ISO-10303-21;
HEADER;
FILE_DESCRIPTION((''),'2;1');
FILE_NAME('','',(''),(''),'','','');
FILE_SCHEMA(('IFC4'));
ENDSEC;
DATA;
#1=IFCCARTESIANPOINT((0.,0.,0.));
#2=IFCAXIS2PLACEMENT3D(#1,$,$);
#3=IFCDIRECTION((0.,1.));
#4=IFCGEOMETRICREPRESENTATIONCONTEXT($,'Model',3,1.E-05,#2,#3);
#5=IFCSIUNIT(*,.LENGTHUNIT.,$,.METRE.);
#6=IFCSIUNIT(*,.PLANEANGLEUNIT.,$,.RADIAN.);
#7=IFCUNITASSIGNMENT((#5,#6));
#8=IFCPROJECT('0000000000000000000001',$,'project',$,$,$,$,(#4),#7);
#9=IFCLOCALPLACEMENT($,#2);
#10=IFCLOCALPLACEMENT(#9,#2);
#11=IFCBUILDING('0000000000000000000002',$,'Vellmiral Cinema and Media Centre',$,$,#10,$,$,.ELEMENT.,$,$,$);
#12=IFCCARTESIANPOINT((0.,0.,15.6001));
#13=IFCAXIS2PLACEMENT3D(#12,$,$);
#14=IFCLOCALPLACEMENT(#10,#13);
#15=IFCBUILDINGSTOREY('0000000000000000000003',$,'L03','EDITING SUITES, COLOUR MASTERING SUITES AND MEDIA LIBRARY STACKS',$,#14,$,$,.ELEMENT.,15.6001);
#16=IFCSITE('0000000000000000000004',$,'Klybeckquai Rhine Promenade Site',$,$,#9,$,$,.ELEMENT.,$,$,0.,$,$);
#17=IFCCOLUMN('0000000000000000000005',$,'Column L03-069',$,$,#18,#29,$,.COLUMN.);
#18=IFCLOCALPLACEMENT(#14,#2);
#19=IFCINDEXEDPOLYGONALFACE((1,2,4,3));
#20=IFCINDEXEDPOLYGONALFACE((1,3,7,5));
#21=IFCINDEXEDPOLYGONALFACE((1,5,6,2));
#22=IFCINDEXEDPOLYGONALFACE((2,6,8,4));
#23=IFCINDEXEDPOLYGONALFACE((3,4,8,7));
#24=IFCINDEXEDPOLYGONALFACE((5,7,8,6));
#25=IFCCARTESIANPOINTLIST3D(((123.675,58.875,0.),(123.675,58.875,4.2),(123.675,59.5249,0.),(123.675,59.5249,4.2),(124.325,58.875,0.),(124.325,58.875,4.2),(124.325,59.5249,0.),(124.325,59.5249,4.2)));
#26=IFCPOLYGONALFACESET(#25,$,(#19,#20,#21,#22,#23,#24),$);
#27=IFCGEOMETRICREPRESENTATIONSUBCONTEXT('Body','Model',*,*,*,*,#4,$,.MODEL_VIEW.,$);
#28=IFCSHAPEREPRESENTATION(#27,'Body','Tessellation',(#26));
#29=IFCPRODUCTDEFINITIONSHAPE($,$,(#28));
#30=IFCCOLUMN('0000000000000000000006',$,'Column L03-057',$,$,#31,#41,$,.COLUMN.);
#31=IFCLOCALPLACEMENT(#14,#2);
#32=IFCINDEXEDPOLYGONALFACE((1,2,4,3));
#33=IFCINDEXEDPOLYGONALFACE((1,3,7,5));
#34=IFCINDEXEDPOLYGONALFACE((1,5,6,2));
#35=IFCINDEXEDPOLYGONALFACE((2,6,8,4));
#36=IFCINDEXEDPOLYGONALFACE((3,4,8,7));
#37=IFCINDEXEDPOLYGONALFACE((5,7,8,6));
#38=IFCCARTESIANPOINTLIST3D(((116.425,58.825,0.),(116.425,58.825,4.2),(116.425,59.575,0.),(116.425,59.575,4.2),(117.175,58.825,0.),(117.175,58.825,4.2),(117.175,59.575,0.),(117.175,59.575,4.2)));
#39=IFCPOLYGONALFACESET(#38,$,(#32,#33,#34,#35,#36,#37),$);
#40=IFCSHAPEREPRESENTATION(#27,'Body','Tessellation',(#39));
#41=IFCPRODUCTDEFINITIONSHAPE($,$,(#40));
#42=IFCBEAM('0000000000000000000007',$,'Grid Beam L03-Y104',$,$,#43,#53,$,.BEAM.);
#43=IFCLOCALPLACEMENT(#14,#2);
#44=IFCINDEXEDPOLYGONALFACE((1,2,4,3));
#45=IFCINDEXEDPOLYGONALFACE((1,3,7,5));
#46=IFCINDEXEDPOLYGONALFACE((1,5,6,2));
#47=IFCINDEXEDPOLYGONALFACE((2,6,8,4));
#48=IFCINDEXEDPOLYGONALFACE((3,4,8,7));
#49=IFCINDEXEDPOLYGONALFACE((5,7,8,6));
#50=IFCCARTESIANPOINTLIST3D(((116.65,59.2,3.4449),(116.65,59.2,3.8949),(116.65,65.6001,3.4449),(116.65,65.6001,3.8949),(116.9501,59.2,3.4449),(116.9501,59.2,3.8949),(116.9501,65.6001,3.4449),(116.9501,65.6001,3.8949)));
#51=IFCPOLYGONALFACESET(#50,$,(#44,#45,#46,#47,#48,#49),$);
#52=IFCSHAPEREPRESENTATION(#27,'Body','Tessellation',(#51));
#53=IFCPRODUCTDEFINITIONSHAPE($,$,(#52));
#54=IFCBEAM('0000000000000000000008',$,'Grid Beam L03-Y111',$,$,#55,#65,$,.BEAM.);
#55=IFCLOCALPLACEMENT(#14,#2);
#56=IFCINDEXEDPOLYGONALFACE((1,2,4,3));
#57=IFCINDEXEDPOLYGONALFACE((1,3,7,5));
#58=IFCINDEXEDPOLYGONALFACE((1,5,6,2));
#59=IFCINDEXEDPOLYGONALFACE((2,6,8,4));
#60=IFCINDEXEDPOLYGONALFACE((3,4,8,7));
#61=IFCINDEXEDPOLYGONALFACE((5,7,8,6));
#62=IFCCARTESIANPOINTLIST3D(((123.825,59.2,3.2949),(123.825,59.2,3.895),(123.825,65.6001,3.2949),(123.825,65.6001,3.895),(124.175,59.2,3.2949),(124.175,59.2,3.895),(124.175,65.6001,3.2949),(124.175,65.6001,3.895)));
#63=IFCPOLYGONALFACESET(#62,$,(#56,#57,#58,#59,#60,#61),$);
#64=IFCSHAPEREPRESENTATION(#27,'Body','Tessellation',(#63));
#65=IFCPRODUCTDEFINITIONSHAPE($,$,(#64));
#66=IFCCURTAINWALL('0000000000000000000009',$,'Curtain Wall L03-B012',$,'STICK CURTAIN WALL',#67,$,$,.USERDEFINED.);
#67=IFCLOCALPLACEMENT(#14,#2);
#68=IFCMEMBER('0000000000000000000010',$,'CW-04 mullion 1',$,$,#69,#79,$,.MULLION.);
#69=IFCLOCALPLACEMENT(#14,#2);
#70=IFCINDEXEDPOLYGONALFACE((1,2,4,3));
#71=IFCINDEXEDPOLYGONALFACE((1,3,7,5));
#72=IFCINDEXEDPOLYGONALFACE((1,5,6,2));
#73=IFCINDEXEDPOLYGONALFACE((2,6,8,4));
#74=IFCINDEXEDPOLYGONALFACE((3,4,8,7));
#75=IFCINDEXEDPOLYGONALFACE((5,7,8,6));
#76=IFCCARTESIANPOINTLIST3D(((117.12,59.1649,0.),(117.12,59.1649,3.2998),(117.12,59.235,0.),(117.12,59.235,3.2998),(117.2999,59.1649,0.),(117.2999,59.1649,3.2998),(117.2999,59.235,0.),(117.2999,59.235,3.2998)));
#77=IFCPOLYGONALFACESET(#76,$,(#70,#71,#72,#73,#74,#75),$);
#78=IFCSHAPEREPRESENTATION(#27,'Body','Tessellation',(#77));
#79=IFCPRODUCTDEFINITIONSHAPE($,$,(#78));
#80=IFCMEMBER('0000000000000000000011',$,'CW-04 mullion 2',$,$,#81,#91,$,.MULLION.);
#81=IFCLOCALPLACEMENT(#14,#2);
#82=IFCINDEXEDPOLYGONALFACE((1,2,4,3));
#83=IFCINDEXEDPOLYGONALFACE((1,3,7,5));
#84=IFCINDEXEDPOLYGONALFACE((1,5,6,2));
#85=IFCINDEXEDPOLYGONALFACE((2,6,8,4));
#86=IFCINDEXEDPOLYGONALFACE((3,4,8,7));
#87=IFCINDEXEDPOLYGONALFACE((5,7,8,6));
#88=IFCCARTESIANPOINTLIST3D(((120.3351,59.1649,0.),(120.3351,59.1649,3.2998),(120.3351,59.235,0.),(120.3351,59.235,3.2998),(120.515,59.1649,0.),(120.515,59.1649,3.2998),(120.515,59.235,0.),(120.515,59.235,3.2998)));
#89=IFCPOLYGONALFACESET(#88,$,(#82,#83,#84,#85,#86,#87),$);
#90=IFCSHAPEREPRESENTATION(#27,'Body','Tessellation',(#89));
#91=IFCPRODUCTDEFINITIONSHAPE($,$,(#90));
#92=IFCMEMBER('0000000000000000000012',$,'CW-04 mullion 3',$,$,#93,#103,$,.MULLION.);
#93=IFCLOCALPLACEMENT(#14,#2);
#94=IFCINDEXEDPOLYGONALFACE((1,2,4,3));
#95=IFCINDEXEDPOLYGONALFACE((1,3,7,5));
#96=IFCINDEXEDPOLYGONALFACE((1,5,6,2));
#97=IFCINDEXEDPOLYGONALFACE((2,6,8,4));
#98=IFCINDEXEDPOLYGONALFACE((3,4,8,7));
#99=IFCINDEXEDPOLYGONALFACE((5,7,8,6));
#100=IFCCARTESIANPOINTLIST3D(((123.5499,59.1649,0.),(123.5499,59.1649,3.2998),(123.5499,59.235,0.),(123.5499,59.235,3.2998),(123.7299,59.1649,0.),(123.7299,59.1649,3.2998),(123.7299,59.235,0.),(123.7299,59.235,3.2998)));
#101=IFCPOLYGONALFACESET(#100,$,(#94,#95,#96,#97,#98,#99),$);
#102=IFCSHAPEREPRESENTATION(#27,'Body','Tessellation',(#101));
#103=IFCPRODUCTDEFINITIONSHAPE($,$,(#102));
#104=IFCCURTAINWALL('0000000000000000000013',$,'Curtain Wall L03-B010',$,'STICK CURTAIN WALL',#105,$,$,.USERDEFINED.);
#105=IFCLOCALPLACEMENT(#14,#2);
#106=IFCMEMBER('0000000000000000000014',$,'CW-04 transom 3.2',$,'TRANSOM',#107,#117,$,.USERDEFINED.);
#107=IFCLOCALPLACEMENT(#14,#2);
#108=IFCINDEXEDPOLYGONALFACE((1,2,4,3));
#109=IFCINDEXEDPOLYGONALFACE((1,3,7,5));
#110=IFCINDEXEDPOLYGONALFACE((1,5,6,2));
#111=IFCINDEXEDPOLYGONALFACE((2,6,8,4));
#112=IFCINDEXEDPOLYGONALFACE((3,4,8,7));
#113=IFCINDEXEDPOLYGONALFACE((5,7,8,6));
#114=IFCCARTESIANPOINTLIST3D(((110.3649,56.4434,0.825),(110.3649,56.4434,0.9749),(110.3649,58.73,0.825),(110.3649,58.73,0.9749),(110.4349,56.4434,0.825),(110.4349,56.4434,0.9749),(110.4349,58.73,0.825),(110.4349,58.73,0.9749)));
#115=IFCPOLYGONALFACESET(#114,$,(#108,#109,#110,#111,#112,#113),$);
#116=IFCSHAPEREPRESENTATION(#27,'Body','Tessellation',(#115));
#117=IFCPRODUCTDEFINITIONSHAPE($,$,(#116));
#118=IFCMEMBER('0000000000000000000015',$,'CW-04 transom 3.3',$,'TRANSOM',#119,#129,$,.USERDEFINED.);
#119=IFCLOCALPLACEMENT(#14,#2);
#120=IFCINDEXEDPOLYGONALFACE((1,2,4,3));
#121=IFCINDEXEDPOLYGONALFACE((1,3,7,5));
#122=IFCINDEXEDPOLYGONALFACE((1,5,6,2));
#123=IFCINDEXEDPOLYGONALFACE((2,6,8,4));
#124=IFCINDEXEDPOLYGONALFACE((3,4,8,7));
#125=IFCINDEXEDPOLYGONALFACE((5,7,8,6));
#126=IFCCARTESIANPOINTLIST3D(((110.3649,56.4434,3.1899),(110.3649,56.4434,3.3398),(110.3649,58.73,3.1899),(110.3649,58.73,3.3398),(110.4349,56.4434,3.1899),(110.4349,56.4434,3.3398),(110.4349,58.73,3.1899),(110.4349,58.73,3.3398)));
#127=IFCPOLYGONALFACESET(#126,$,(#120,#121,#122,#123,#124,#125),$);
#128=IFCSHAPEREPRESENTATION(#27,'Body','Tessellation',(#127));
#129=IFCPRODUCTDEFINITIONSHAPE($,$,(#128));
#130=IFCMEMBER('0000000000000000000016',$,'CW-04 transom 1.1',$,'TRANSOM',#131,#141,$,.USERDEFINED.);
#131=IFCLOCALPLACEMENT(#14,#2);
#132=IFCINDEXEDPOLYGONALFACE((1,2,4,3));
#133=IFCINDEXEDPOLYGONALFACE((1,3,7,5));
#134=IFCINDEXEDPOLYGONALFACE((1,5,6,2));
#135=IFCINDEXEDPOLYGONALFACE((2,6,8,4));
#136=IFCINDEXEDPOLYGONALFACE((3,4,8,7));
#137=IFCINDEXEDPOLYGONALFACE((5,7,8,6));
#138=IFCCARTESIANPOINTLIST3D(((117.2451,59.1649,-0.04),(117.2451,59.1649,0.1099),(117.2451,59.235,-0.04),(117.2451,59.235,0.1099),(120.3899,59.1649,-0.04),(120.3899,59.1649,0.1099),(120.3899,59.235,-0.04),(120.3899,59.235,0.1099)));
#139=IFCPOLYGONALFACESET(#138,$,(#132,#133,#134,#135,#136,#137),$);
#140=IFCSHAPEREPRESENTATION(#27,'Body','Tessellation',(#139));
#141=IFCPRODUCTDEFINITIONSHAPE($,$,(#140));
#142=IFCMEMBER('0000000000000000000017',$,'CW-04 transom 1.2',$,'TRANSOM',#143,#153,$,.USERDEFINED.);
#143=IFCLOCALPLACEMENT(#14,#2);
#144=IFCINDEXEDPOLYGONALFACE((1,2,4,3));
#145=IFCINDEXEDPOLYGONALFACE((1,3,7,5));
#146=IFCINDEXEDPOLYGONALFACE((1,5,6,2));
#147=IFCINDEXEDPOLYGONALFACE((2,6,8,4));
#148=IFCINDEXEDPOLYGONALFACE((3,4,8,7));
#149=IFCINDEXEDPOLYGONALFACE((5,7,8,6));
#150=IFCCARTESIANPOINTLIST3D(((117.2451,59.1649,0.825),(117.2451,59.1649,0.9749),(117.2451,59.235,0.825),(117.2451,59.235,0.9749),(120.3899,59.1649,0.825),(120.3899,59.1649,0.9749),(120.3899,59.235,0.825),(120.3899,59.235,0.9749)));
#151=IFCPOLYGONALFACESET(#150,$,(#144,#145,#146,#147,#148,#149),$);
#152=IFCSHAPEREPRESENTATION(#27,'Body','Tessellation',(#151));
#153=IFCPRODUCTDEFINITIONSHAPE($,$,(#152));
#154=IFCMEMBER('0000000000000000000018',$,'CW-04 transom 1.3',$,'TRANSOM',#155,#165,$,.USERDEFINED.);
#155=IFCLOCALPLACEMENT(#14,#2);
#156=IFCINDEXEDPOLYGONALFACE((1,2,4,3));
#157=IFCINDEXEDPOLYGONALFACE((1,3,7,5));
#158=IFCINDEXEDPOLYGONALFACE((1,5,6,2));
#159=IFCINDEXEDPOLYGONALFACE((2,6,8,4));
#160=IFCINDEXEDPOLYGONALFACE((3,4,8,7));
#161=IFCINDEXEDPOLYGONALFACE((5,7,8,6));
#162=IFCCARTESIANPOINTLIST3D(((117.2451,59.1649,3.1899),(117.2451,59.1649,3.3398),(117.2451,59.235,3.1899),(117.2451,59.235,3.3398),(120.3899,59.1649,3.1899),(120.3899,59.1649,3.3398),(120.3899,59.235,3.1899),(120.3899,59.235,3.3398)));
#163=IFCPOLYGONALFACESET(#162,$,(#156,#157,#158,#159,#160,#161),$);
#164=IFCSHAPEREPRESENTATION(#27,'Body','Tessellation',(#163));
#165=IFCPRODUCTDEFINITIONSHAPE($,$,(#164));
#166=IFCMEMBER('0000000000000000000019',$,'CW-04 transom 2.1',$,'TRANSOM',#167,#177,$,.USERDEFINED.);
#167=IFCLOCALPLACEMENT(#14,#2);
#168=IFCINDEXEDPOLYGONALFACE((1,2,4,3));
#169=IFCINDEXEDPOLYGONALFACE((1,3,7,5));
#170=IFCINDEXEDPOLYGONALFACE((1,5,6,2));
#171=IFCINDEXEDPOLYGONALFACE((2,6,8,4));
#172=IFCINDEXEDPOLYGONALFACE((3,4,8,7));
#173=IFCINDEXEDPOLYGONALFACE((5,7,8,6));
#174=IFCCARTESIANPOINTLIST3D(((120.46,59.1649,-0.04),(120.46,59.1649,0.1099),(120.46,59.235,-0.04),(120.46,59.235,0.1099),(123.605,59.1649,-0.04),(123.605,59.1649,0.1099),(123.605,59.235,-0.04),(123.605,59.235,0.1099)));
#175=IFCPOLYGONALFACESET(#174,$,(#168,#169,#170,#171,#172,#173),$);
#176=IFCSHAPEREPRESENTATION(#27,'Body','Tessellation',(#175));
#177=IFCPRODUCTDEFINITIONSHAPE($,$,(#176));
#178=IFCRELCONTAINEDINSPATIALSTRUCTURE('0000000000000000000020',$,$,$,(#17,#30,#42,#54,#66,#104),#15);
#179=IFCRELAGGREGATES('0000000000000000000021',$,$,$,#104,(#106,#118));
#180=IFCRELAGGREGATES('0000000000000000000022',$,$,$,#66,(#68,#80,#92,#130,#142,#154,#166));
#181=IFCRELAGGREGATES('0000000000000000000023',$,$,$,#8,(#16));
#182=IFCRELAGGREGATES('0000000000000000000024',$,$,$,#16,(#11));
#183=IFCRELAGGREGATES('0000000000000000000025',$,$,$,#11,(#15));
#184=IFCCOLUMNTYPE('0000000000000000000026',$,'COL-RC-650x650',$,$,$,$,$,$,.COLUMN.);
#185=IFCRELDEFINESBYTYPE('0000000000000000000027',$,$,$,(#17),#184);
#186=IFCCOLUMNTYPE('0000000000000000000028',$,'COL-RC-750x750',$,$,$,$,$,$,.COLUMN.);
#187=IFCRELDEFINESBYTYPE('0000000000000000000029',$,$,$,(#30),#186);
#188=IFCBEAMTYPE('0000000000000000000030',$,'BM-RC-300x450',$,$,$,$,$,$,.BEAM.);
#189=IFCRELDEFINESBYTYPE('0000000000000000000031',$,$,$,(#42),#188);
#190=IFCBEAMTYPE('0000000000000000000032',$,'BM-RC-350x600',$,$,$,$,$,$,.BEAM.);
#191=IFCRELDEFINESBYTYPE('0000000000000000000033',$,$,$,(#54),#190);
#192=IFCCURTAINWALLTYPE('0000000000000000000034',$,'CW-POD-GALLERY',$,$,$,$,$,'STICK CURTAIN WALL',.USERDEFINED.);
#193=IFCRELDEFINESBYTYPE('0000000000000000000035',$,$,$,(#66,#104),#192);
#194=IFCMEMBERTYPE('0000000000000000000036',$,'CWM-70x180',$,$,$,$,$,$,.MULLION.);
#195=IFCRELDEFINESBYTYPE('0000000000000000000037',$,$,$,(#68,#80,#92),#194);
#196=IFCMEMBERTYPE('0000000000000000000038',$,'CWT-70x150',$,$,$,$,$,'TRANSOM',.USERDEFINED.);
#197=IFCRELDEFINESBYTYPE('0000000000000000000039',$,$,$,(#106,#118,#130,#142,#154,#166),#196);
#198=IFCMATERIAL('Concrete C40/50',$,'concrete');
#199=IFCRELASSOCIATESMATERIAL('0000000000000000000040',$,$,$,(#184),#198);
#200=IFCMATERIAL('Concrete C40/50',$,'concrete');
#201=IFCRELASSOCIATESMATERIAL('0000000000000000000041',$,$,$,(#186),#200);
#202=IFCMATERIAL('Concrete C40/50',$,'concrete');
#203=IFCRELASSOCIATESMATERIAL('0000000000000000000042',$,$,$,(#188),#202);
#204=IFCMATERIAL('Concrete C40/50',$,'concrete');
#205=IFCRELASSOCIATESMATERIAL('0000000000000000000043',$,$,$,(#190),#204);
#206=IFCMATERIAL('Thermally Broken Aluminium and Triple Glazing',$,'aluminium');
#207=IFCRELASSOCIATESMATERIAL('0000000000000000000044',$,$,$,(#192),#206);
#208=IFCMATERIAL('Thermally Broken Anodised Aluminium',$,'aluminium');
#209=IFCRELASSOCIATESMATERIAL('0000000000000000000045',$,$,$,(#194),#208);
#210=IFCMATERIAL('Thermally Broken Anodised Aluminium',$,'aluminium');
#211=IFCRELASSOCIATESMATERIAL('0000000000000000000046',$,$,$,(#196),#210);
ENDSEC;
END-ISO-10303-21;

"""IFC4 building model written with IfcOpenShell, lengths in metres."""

from ifc_helpers import new_model, si_unit, direction, frame, origin, origin_2d, place, context, subcontext, project, spatial, rectangle, extrude, material, material_profile, profile_set, type_object, element, aggregate, save


model = new_model("IFC4")

# Units and contexts
model_context = context("Model", 3, precision=1e-05, world=origin(), true_north=direction((0.0, 1.0)))
body_context = subcontext(model_context, "Body", "Model", "MODEL_VIEW")
ifc_project = project(units=[si_unit("LENGTHUNIT", "METRE"), si_unit("PLANEANGLEUNIT", "RADIAN")], contexts=[model_context])

# Site, building, storey
site_placement = place(None, origin())
site = spatial("IfcSite", under=ifc_project, at=site_placement, Name="Klybeckquai Rhine Promenade Site", CompositionType="ELEMENT", RefElevation=0.0)
building_placement = place(site_placement, origin())
building = spatial("IfcBuilding", under=site, at=building_placement, Name="Vellmiral Cinema and Media Centre", CompositionType="ELEMENT")
storey_placement = place(building_placement, frame((0.0, 0.0, 15.6001)))
storey = spatial("IfcBuildingStorey", under=building, at=storey_placement, Name="L03", Description="EDITING SUITES, COLOUR MASTERING SUITES AND MEDIA LIBRARY STACKS", CompositionType="ELEMENT", Elevation=15.6001)

# Columns
ifc_material_1 = material(Name="Concrete C40/50", Category="concrete")
ifc_material_profile_1 = material_profile(ifc_material_1, rectangle(XDim=0.6499, YDim=0.6499, at=origin_2d()), Name="RC 650x650")
ifc_profile_set_1 = profile_set([ifc_material_profile_1], Name="Concrete C40/50")
column_type_1 = type_object("IfcColumnType", Name="COL-RC-650x650", PredefinedType="COLUMN", material=ifc_profile_set_1)
column_1_placement = place(storey_placement, frame((124.0, 59.2, 0.0), z_axis=(0.0, 0.0, 1.0), x_axis=(1.0, 0.0, 0.0)))
element("IfcColumn", 1, at=column_1_placement, inside=storey, type_object=column_type_1, Name="Column L03-069", PredefinedType="COLUMN", context=body_context, shape_type="SweptSolid", body=[
    extrude(rectangle(XDim=0.6499, YDim=0.6499, at=origin_2d()), origin(), (0.0, 0.0, 1.0), 4.2),
])
ifc_material_2 = material(Name="Concrete C40/50", Category="concrete")
ifc_material_profile_2 = material_profile(ifc_material_2, rectangle(XDim=0.75, YDim=0.75, at=origin_2d()), Name="RC 750x750")
ifc_profile_set_2 = profile_set([ifc_material_profile_2], Name="Concrete C40/50")
column_type_2 = type_object("IfcColumnType", Name="COL-RC-750x750", PredefinedType="COLUMN", material=ifc_profile_set_2)
column_2_placement = place(storey_placement, frame((116.8, 59.2, 0.0), z_axis=(0.0, 0.0, 1.0), x_axis=(1.0, 0.0, 0.0)))
element("IfcColumn", 2, at=column_2_placement, inside=storey, type_object=column_type_2, Name="Column L03-057", PredefinedType="COLUMN", context=body_context, shape_type="SweptSolid", body=[
    extrude(rectangle(XDim=0.75, YDim=0.75, at=origin_2d()), origin(), (0.0, 0.0, 1.0), 4.2),
])

# Beams
ifc_material_3 = material(Name="Concrete C40/50", Category="concrete")
ifc_material_profile_3 = material_profile(ifc_material_3, rectangle(XDim=0.3, YDim=0.45, at=origin_2d()), Name="RC 300x450")
ifc_profile_set_3 = profile_set([ifc_material_profile_3], Name="Concrete C40/50")
beam_type_1 = type_object("IfcBeamType", Name="BM-RC-300x450", PredefinedType="BEAM", material=ifc_profile_set_3)
beam_1_placement = place(storey_placement, frame((116.8, 59.2, 3.6699), z_axis=(0.0, 1.0, 0.0), x_axis=(-1.0, 0.0, 0.0)))
element("IfcBeam", 3, at=beam_1_placement, inside=storey, type_object=beam_type_1, Name="Grid Beam L03-Y104", PredefinedType="BEAM", context=body_context, shape_type="SweptSolid", body=[
    extrude(rectangle(XDim=0.3, YDim=0.45, at=origin_2d()), origin(), (0.0, 0.0, 1.0), 6.4001),
])
ifc_material_4 = material(Name="Concrete C40/50", Category="concrete")
ifc_material_profile_4 = material_profile(ifc_material_4, rectangle(XDim=0.3501, YDim=0.6001, at=origin_2d()), Name="RC 350x600")
ifc_profile_set_4 = profile_set([ifc_material_profile_4], Name="Concrete C40/50")
beam_type_2 = type_object("IfcBeamType", Name="BM-RC-350x600", PredefinedType="BEAM", material=ifc_profile_set_4)
beam_2_placement = place(storey_placement, frame((124.0, 59.2, 3.595), z_axis=(0.0, 1.0, 0.0), x_axis=(-1.0, 0.0, 0.0)))
element("IfcBeam", 4, at=beam_2_placement, inside=storey, type_object=beam_type_2, Name="Grid Beam L03-Y111", PredefinedType="BEAM", context=body_context, shape_type="SweptSolid", body=[
    extrude(rectangle(XDim=0.3501, YDim=0.6001, at=origin_2d()), origin(), (0.0, 0.0, 1.0), 6.4001),
])

# Curtain walls, members
ifc_material_5 = material(Name="Thermally Broken Aluminium and Triple Glazing", Category="aluminium")
curtain_wall_type = type_object("IfcCurtainWallType", Name="CW-POD-GALLERY", ElementType="STICK CURTAIN WALL", PredefinedType="USERDEFINED", material=ifc_material_5)
curtain_wall_1_placement = place(storey_placement, origin())
curtain_wall_1 = element("IfcCurtainWall", 5, at=curtain_wall_1_placement, inside=storey, type_object=curtain_wall_type, Name="Curtain Wall L03-B012", ObjectType="STICK CURTAIN WALL", PredefinedType="USERDEFINED")
ifc_material_6 = material(Name="Thermally Broken Anodised Aluminium", Category="aluminium")
ifc_material_profile_5 = material_profile(ifc_material_6, rectangle(XDim=0.0701, YDim=0.1799, at=origin_2d()), Name="MULL 70x180")
ifc_profile_set_5 = profile_set([ifc_material_profile_5], Name="Thermally Broken Anodised Aluminium")
member_type_1 = type_object("IfcMemberType", Name="CWM-70x180", PredefinedType="MULLION", material=ifc_profile_set_5)
member_1_placement = place(storey_placement, frame((117.21, 59.2, 0.0), z_axis=(0.0, 0.0, 1.0), x_axis=(0.0, 1.0, 0.0)))
member_1 = element("IfcMember", 6, at=member_1_placement, type_object=member_type_1, Name="CW-04 mullion 1", PredefinedType="MULLION", context=body_context, shape_type="SweptSolid", body=[
    extrude(rectangle(XDim=0.0701, YDim=0.1799, at=origin_2d()), origin(), (0.0, 0.0, 1.0), 3.2998),
])
member_2_placement = place(storey_placement, frame((120.425, 59.2, 0.0), z_axis=(0.0, 0.0, 1.0), x_axis=(0.0, 1.0, 0.0)))
member_2 = element("IfcMember", 7, at=member_2_placement, type_object=member_type_1, Name="CW-04 mullion 2", PredefinedType="MULLION", context=body_context, shape_type="SweptSolid", body=[
    extrude(rectangle(XDim=0.0701, YDim=0.1799, at=origin_2d()), origin(), (0.0, 0.0, 1.0), 3.2998),
])
member_3_placement = place(storey_placement, frame((123.6399, 59.2, 0.0), z_axis=(0.0, 0.0, 1.0), x_axis=(0.0, 1.0, 0.0)))
member_3 = element("IfcMember", 8, at=member_3_placement, type_object=member_type_1, Name="CW-04 mullion 3", PredefinedType="MULLION", context=body_context, shape_type="SweptSolid", body=[
    extrude(rectangle(XDim=0.0701, YDim=0.1799, at=origin_2d()), origin(), (0.0, 0.0, 1.0), 3.2998),
])
curtain_wall_2_placement = place(storey_placement, origin())
curtain_wall_2 = element("IfcCurtainWall", 9, at=curtain_wall_2_placement, inside=storey, type_object=curtain_wall_type, Name="Curtain Wall L03-B010", ObjectType="STICK CURTAIN WALL", PredefinedType="USERDEFINED")
ifc_material_7 = material(Name="Thermally Broken Anodised Aluminium", Category="aluminium")
ifc_material_profile_6 = material_profile(ifc_material_7, rectangle(XDim=0.0701, YDim=0.1499, at=origin_2d()), Name="MULL 70x150")
ifc_profile_set_6 = profile_set([ifc_material_profile_6], Name="Thermally Broken Anodised Aluminium")
member_type_2 = type_object("IfcMemberType", Name="CWT-70x150", ElementType="TRANSOM", PredefinedType="USERDEFINED", material=ifc_profile_set_6)
member_4_placement = place(storey_placement, frame((110.3999, 56.4434, 0.8999), z_axis=(0.0, 1.0, 0.0), x_axis=(-1.0, 0.0, 0.0)))
member_4 = element("IfcMember", 10, at=member_4_placement, type_object=member_type_2, Name="CW-04 transom 3.2", ObjectType="TRANSOM", PredefinedType="USERDEFINED", context=body_context, shape_type="SweptSolid", body=[
    extrude(rectangle(XDim=0.0701, YDim=0.1499, at=origin_2d()), origin(), (0.0, 0.0, 1.0), 2.2866),
])
member_5_placement = place(storey_placement, frame((110.3999, 56.4434, 3.2649), z_axis=(0.0, 1.0, 0.0), x_axis=(-1.0, 0.0, 0.0)))
member_5 = element("IfcMember", 11, at=member_5_placement, type_object=member_type_2, Name="CW-04 transom 3.3", ObjectType="TRANSOM", PredefinedType="USERDEFINED", context=body_context, shape_type="SweptSolid", body=[
    extrude(rectangle(XDim=0.0701, YDim=0.1499, at=origin_2d()), origin(), (0.0, 0.0, 1.0), 2.2866),
])

# Members
member_6_placement = place(storey_placement, frame((117.2451, 59.2, 0.0349), z_axis=(1.0, 0.0, 0.0), x_axis=(0.0, 1.0, 0.0)))
member_6 = element("IfcMember", 12, at=member_6_placement, type_object=member_type_2, Name="CW-04 transom 1.1", ObjectType="TRANSOM", PredefinedType="USERDEFINED", context=body_context, shape_type="SweptSolid", body=[
    extrude(rectangle(XDim=0.0701, YDim=0.1499, at=origin_2d()), origin(), (0.0, 0.0, 1.0), 3.1448),
])
member_7_placement = place(storey_placement, frame((117.2451, 59.2, 0.8999), z_axis=(1.0, 0.0, 0.0), x_axis=(0.0, 1.0, 0.0)))
member_7 = element("IfcMember", 13, at=member_7_placement, type_object=member_type_2, Name="CW-04 transom 1.2", ObjectType="TRANSOM", PredefinedType="USERDEFINED", context=body_context, shape_type="SweptSolid", body=[
    extrude(rectangle(XDim=0.0701, YDim=0.1499, at=origin_2d()), origin(), (0.0, 0.0, 1.0), 3.1448),
])
member_8_placement = place(storey_placement, frame((117.2451, 59.2, 3.2649), z_axis=(1.0, 0.0, 0.0), x_axis=(0.0, 1.0, 0.0)))
member_8 = element("IfcMember", 14, at=member_8_placement, type_object=member_type_2, Name="CW-04 transom 1.3", ObjectType="TRANSOM", PredefinedType="USERDEFINED", context=body_context, shape_type="SweptSolid", body=[
    extrude(rectangle(XDim=0.0701, YDim=0.1499, at=origin_2d()), origin(), (0.0, 0.0, 1.0), 3.1448),
])
member_9_placement = place(storey_placement, frame((120.46, 59.2, 0.0349), z_axis=(1.0, 0.0, 0.0), x_axis=(0.0, 1.0, 0.0)))
member_9 = element("IfcMember", 15, at=member_9_placement, type_object=member_type_2, Name="CW-04 transom 2.1", ObjectType="TRANSOM", PredefinedType="USERDEFINED", context=body_context, shape_type="SweptSolid", body=[
    extrude(rectangle(XDim=0.0701, YDim=0.1499, at=origin_2d()), origin(), (0.0, 0.0, 1.0), 3.145),
])

aggregate(curtain_wall_2, [member_4, member_5])
aggregate(curtain_wall_1, [member_1, member_2, member_3, member_6, member_7, member_8, member_9])

save(model, "model.ifc")
